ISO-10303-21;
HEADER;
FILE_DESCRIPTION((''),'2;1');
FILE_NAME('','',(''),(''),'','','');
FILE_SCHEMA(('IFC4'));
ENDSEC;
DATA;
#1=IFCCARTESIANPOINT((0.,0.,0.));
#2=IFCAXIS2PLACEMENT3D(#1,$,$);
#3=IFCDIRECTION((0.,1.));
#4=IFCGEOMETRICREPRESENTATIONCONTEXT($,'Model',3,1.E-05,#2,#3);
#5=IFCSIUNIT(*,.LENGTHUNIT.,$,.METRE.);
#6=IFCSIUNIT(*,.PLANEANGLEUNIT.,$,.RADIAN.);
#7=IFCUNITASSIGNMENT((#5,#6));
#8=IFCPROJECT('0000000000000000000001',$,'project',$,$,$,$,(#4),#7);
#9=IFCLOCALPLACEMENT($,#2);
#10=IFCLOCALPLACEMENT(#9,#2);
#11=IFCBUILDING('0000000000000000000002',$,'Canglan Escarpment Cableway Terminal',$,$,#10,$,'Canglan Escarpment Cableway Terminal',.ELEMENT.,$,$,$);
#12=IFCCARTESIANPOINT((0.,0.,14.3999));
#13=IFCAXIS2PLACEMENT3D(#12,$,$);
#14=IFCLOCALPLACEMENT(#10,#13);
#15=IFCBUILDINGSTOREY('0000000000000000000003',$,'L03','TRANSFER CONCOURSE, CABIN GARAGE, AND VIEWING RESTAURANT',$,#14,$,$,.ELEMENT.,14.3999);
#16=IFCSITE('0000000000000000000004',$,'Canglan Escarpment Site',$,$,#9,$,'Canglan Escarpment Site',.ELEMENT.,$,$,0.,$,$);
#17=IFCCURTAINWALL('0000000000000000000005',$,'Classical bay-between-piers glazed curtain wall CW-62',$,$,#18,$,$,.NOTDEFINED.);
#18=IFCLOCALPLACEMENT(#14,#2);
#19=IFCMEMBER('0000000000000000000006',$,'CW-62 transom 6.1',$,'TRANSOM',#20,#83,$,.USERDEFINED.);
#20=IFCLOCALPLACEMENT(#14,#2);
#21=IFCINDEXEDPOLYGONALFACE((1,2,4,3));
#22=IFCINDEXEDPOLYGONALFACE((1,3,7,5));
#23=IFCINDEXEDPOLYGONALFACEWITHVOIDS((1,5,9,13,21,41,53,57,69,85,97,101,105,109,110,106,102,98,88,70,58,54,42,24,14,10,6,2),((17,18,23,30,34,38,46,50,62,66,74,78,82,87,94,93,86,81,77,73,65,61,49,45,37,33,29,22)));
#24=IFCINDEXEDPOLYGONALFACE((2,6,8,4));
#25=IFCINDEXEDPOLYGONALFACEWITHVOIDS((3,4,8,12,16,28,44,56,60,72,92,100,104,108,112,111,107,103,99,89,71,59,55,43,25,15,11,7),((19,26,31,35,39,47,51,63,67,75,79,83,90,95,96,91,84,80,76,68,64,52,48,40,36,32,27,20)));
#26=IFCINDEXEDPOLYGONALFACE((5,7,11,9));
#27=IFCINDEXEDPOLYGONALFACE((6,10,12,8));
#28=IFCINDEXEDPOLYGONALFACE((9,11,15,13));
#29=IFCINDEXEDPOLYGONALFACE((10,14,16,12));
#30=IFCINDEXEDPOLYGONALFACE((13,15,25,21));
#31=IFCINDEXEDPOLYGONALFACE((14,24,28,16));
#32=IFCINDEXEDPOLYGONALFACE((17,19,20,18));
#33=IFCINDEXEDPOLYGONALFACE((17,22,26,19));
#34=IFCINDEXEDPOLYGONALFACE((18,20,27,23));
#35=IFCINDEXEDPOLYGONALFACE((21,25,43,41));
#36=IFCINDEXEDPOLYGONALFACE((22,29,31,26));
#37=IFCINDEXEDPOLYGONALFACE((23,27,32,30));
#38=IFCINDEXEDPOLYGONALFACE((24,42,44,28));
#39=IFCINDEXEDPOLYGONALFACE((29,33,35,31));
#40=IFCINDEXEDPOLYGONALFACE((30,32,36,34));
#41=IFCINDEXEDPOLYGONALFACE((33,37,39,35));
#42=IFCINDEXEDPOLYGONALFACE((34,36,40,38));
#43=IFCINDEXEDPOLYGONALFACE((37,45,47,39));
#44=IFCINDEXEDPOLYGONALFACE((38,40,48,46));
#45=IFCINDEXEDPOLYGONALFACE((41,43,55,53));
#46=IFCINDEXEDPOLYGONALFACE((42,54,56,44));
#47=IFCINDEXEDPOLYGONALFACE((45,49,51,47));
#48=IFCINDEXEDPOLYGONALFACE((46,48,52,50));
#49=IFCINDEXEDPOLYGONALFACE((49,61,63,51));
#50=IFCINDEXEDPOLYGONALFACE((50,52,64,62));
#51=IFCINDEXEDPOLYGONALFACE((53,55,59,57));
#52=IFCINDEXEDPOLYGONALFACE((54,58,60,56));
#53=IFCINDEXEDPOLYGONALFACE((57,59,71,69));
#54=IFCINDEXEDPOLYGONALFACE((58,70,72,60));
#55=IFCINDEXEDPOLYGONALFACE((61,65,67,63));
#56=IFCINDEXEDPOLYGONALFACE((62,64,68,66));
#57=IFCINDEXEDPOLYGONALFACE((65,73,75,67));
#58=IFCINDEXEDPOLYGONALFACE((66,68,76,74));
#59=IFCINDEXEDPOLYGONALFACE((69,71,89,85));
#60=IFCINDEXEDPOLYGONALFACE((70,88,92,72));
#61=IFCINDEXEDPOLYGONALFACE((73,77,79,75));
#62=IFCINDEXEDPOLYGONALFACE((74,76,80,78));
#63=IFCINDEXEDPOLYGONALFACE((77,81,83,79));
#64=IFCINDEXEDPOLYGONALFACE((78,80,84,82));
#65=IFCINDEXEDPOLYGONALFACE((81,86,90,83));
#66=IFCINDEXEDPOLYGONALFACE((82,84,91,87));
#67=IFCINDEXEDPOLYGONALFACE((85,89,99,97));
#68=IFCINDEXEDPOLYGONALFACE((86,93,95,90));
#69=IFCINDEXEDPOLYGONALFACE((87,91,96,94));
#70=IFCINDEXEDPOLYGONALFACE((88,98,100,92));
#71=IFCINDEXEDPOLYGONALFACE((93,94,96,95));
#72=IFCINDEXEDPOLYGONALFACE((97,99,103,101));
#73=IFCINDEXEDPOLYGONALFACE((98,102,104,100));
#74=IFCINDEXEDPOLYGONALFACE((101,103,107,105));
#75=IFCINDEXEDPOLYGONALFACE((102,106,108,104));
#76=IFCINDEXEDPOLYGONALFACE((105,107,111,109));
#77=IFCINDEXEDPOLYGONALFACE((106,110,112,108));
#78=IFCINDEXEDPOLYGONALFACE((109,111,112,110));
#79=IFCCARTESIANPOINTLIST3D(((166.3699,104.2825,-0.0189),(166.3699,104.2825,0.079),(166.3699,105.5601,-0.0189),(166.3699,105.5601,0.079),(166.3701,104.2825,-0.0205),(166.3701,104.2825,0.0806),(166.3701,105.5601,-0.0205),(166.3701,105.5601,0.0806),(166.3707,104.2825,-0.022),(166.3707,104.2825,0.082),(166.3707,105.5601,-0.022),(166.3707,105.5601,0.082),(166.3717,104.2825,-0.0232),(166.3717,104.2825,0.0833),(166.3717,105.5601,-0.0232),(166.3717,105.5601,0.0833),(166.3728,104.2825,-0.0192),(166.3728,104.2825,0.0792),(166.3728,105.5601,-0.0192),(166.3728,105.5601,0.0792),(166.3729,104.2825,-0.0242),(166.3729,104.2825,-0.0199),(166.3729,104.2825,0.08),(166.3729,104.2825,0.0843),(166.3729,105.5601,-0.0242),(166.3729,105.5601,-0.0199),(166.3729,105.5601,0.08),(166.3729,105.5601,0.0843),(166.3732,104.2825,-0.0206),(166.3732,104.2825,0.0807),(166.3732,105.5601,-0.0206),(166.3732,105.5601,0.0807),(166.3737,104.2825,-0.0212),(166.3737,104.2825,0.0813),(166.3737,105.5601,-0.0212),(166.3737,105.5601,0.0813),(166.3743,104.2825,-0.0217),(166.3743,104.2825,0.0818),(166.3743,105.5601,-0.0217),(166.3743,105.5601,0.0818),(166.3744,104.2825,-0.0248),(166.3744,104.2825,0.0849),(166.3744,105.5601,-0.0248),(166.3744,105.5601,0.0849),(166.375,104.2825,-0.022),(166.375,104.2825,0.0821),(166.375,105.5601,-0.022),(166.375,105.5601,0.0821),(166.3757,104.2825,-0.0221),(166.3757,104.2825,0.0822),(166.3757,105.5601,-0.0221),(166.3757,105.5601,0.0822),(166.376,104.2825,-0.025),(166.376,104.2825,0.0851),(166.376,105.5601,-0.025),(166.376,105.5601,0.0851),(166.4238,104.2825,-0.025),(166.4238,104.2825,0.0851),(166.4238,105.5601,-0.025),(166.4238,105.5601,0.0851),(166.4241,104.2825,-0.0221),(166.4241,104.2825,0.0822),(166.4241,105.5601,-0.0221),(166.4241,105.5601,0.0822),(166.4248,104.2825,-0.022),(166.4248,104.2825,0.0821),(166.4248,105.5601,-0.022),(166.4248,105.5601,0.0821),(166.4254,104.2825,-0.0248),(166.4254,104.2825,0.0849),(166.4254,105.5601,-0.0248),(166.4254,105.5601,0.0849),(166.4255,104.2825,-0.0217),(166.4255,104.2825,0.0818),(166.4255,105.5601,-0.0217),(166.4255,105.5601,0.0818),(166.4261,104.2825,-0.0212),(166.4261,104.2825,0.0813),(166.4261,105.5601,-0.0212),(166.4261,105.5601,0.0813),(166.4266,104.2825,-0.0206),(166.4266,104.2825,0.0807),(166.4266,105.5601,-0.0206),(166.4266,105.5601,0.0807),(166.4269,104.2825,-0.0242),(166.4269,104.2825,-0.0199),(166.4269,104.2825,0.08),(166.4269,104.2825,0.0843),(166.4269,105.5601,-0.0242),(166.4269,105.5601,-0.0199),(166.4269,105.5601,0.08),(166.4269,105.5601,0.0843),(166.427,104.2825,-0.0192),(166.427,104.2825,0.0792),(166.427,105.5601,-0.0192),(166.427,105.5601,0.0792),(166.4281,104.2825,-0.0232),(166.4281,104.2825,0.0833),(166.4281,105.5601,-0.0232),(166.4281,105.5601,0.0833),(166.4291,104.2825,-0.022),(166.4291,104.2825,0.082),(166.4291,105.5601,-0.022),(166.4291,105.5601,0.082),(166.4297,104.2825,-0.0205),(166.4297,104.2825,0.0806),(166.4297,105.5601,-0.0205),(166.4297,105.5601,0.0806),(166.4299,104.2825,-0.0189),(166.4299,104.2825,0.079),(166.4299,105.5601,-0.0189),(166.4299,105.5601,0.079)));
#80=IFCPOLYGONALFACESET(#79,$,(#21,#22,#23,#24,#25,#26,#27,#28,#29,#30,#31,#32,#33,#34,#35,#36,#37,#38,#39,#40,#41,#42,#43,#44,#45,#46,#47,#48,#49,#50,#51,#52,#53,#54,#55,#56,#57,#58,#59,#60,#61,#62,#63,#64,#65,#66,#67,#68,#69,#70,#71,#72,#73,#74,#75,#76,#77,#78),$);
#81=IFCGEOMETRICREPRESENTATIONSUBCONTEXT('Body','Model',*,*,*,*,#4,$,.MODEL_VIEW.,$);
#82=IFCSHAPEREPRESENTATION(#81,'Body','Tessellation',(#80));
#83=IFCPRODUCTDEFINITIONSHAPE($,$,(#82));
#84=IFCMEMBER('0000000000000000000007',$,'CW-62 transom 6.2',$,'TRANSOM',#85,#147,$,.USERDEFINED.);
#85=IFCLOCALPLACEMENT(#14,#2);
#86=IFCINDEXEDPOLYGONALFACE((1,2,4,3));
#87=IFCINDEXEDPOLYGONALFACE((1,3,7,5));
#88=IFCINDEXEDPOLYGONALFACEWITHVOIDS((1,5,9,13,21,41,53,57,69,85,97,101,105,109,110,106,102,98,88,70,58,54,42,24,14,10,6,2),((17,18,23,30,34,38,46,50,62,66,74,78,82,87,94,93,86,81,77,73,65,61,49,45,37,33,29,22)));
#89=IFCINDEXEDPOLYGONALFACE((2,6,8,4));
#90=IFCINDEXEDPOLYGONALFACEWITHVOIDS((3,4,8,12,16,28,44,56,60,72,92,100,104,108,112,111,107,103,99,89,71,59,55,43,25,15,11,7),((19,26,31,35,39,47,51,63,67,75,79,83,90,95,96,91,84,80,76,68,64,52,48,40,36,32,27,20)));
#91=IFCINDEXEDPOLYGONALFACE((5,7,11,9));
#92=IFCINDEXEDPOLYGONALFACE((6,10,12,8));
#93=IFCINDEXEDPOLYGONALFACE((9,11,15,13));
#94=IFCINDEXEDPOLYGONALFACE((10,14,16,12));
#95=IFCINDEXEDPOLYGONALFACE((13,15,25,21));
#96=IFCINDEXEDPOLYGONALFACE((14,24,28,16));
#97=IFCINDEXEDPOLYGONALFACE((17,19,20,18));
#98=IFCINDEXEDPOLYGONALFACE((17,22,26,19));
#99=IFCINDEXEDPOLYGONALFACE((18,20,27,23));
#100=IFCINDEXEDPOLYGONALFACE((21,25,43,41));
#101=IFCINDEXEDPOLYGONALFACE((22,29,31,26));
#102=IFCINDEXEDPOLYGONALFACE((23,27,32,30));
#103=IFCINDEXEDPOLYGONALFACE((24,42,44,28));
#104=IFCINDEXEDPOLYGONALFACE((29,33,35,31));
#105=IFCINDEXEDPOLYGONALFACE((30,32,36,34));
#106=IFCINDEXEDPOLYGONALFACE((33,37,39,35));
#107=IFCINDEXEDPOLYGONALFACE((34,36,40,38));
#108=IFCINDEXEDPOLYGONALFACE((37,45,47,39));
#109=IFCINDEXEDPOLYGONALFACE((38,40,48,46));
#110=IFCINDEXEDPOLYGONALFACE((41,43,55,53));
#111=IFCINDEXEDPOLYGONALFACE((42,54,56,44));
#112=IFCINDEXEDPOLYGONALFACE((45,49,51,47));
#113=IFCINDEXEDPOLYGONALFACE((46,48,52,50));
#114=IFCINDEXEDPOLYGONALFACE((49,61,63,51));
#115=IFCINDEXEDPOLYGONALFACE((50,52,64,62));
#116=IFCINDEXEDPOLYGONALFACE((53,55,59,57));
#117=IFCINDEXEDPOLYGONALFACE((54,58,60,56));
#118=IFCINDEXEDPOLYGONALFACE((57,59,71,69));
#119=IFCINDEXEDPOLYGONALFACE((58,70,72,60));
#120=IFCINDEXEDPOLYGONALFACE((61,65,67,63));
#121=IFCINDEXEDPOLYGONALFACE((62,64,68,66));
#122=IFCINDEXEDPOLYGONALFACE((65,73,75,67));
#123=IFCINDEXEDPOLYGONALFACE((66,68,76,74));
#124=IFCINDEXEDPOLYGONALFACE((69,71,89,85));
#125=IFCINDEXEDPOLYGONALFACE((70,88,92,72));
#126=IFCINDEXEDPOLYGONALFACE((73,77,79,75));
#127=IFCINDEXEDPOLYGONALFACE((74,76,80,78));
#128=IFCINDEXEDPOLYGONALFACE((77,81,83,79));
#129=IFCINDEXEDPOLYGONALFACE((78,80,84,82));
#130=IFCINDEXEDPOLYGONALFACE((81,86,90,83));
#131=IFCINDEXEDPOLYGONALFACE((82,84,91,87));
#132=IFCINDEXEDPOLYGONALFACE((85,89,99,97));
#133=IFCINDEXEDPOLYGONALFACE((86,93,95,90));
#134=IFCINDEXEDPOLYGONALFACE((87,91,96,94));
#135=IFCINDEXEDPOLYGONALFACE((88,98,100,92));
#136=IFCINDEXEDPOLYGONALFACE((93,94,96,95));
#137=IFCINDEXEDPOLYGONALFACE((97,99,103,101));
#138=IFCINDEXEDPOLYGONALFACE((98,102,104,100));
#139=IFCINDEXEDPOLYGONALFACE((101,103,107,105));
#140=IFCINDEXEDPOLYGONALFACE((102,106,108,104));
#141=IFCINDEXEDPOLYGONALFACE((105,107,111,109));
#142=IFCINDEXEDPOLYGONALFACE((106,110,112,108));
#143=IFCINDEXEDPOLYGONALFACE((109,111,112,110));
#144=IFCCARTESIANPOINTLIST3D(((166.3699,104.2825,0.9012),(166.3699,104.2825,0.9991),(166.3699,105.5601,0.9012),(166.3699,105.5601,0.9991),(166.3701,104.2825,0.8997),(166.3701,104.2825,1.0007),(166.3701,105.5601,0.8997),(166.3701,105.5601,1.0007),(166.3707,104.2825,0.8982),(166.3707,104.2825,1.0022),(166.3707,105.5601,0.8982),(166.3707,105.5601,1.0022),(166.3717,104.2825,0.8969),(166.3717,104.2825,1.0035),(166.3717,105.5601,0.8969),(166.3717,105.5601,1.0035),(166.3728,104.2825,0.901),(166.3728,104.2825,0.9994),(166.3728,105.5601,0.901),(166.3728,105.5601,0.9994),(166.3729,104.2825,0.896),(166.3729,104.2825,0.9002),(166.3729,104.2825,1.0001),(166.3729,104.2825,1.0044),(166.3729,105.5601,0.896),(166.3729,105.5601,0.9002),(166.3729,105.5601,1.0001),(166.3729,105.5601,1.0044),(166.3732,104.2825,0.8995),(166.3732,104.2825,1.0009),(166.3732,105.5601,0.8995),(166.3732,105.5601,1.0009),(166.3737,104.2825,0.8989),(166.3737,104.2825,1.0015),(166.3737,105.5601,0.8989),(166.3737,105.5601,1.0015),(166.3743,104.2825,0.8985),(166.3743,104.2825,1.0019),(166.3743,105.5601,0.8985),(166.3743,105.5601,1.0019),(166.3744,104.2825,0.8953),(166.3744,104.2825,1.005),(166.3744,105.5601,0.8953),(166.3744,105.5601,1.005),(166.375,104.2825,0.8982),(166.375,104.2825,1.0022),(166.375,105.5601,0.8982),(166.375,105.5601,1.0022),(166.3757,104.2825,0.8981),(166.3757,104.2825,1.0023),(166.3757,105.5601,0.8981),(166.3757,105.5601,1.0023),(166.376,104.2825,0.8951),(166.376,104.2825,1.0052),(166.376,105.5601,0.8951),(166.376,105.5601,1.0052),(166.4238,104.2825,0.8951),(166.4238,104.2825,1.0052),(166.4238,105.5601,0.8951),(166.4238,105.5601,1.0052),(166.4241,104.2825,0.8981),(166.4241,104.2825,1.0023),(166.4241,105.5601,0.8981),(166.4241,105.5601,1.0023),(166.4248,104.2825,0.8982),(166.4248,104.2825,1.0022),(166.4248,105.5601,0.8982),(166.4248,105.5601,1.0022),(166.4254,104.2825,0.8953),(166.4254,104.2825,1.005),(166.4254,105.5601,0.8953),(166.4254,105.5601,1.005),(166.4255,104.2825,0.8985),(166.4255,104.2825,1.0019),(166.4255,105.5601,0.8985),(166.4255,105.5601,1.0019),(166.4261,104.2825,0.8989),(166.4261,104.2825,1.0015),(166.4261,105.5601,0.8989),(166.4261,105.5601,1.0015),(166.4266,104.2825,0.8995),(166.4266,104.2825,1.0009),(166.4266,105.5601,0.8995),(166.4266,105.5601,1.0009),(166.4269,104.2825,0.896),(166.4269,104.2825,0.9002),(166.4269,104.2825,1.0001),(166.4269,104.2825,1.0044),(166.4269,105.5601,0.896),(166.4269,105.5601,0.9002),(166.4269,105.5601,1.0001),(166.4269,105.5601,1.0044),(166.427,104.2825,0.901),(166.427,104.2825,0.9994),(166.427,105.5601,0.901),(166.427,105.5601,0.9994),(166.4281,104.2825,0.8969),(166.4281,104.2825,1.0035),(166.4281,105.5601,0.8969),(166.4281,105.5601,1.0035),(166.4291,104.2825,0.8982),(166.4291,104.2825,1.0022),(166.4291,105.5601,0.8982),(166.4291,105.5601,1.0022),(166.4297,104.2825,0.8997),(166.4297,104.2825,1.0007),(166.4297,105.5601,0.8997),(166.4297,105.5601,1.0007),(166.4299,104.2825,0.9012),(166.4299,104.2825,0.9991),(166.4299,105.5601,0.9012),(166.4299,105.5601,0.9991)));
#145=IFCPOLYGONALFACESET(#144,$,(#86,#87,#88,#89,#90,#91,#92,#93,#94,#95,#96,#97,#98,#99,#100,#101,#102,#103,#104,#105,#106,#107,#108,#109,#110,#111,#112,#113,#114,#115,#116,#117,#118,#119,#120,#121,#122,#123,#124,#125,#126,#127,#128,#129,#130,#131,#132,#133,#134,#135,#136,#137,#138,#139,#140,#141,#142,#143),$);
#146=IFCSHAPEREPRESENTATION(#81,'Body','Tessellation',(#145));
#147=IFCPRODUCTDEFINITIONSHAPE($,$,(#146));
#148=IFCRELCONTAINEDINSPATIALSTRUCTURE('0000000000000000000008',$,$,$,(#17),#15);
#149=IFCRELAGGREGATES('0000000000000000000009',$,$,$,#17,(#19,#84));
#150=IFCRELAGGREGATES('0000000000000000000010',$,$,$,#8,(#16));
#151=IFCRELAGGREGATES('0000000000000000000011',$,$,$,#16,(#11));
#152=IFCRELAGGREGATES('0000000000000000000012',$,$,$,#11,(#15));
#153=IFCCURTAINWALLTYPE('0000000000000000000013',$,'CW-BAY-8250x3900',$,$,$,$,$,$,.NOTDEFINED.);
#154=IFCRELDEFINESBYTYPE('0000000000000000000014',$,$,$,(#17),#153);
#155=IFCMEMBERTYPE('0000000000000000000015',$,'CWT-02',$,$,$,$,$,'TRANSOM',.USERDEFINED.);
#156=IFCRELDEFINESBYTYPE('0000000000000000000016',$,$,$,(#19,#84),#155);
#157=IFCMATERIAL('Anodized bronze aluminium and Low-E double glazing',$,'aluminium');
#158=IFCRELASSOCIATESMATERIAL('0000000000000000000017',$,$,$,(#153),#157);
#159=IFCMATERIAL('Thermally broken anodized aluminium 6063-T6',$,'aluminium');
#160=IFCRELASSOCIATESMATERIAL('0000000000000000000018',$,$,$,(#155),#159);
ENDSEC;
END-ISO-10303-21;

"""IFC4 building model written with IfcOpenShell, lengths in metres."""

from ifc_helpers import new_model, si_unit, direction, frame, origin, origin_2d, place, context, subcontext, project, spatial, hollow_rectangle, extrude, material, material_profile, profile_set, type_object, element, aggregate, save


model = new_model("IFC4")

# Units and contexts
model_context = context("Model", 3, precision=1e-05, world=origin(), true_north=direction((0.0, 1.0)))
body_context = subcontext(model_context, "Body", "Model", "MODEL_VIEW")
ifc_project = project(units=[si_unit("LENGTHUNIT", "METRE"), si_unit("PLANEANGLEUNIT", "RADIAN")], contexts=[model_context])

# Site, building, storey
site_placement = place(None, origin())
site = spatial("IfcSite", under=ifc_project, at=site_placement, Name="Canglan Escarpment Site", LongName="Canglan Escarpment Site", CompositionType="ELEMENT", RefElevation=0.0)
building_placement = place(site_placement, origin())
building = spatial("IfcBuilding", under=site, at=building_placement, Name="Canglan Escarpment Cableway Terminal", LongName="Canglan Escarpment Cableway Terminal", CompositionType="ELEMENT")
storey_placement = place(building_placement, frame((0.0, 0.0, 14.3999)))
storey = spatial("IfcBuildingStorey", under=building, at=storey_placement, Name="L03", Description="TRANSFER CONCOURSE, CABIN GARAGE, AND VIEWING RESTAURANT", CompositionType="ELEMENT", Elevation=14.3999)

# Curtain wall, members
ifc_material_1 = material(Name="Anodized bronze aluminium and Low-E double glazing", Category="aluminium")
curtain_wall_type = type_object("IfcCurtainWallType", Name="CW-BAY-8250x3900", PredefinedType="NOTDEFINED", material=ifc_material_1)
curtain_wall_placement = place(storey_placement, origin())
curtain_wall = element("IfcCurtainWall", 1, at=curtain_wall_placement, inside=storey, type_object=curtain_wall_type, Name="Classical bay-between-piers glazed curtain wall CW-62", PredefinedType="NOTDEFINED")
ifc_material_2 = material(Name="Thermally broken anodized aluminium 6063-T6", Category="aluminium")
ifc_material_profile_1 = material_profile(ifc_material_2, hollow_rectangle(XDim=0.0601, YDim=0.1101, WallThickness=0.0029, InnerFilletRadius=0.0029, OuterFilletRadius=0.0061, at=origin_2d()), Name="ALU-TRAN 60x110x3")
ifc_profile_set_1 = profile_set([ifc_material_profile_1], Name="Thermally broken anodized aluminium 6063-T6")
member_type_1 = type_object("IfcMemberType", Name="CWT-02", ElementType="TRANSOM", PredefinedType="USERDEFINED", material=ifc_profile_set_1)
member_1_placement = place(storey_placement, frame((166.3999, 104.2825, 0.03), z_axis=(0.0, 1.0, 0.0), x_axis=(-1.0, 0.0, 0.0)))
member_1 = element("IfcMember", 2, at=member_1_placement, type_object=member_type_1, Name="CW-62 transom 6.1", ObjectType="TRANSOM", PredefinedType="USERDEFINED", context=body_context, shape_type="SweptSolid", body=[
    extrude(hollow_rectangle(XDim=0.0601, YDim=0.1101, WallThickness=0.0029, InnerFilletRadius=0.0029, OuterFilletRadius=0.0061, at=origin_2d()), origin(), (0.0, 0.0, 1.0), 1.2776),
])
member_2_placement = place(storey_placement, frame((166.3999, 104.2825, 0.9502), z_axis=(0.0, 1.0, 0.0), x_axis=(-1.0, 0.0, 0.0)))
member_2 = element("IfcMember", 3, at=member_2_placement, type_object=member_type_1, Name="CW-62 transom 6.2", ObjectType="TRANSOM", PredefinedType="USERDEFINED", context=body_context, shape_type="SweptSolid", body=[
    extrude(hollow_rectangle(XDim=0.0601, YDim=0.1101, WallThickness=0.0029, InnerFilletRadius=0.0029, OuterFilletRadius=0.0061, at=origin_2d()), origin(), (0.0, 0.0, 1.0), 1.2776),
])
aggregate(curtain_wall, [member_1, member_2])

save(model, "model.ifc")
